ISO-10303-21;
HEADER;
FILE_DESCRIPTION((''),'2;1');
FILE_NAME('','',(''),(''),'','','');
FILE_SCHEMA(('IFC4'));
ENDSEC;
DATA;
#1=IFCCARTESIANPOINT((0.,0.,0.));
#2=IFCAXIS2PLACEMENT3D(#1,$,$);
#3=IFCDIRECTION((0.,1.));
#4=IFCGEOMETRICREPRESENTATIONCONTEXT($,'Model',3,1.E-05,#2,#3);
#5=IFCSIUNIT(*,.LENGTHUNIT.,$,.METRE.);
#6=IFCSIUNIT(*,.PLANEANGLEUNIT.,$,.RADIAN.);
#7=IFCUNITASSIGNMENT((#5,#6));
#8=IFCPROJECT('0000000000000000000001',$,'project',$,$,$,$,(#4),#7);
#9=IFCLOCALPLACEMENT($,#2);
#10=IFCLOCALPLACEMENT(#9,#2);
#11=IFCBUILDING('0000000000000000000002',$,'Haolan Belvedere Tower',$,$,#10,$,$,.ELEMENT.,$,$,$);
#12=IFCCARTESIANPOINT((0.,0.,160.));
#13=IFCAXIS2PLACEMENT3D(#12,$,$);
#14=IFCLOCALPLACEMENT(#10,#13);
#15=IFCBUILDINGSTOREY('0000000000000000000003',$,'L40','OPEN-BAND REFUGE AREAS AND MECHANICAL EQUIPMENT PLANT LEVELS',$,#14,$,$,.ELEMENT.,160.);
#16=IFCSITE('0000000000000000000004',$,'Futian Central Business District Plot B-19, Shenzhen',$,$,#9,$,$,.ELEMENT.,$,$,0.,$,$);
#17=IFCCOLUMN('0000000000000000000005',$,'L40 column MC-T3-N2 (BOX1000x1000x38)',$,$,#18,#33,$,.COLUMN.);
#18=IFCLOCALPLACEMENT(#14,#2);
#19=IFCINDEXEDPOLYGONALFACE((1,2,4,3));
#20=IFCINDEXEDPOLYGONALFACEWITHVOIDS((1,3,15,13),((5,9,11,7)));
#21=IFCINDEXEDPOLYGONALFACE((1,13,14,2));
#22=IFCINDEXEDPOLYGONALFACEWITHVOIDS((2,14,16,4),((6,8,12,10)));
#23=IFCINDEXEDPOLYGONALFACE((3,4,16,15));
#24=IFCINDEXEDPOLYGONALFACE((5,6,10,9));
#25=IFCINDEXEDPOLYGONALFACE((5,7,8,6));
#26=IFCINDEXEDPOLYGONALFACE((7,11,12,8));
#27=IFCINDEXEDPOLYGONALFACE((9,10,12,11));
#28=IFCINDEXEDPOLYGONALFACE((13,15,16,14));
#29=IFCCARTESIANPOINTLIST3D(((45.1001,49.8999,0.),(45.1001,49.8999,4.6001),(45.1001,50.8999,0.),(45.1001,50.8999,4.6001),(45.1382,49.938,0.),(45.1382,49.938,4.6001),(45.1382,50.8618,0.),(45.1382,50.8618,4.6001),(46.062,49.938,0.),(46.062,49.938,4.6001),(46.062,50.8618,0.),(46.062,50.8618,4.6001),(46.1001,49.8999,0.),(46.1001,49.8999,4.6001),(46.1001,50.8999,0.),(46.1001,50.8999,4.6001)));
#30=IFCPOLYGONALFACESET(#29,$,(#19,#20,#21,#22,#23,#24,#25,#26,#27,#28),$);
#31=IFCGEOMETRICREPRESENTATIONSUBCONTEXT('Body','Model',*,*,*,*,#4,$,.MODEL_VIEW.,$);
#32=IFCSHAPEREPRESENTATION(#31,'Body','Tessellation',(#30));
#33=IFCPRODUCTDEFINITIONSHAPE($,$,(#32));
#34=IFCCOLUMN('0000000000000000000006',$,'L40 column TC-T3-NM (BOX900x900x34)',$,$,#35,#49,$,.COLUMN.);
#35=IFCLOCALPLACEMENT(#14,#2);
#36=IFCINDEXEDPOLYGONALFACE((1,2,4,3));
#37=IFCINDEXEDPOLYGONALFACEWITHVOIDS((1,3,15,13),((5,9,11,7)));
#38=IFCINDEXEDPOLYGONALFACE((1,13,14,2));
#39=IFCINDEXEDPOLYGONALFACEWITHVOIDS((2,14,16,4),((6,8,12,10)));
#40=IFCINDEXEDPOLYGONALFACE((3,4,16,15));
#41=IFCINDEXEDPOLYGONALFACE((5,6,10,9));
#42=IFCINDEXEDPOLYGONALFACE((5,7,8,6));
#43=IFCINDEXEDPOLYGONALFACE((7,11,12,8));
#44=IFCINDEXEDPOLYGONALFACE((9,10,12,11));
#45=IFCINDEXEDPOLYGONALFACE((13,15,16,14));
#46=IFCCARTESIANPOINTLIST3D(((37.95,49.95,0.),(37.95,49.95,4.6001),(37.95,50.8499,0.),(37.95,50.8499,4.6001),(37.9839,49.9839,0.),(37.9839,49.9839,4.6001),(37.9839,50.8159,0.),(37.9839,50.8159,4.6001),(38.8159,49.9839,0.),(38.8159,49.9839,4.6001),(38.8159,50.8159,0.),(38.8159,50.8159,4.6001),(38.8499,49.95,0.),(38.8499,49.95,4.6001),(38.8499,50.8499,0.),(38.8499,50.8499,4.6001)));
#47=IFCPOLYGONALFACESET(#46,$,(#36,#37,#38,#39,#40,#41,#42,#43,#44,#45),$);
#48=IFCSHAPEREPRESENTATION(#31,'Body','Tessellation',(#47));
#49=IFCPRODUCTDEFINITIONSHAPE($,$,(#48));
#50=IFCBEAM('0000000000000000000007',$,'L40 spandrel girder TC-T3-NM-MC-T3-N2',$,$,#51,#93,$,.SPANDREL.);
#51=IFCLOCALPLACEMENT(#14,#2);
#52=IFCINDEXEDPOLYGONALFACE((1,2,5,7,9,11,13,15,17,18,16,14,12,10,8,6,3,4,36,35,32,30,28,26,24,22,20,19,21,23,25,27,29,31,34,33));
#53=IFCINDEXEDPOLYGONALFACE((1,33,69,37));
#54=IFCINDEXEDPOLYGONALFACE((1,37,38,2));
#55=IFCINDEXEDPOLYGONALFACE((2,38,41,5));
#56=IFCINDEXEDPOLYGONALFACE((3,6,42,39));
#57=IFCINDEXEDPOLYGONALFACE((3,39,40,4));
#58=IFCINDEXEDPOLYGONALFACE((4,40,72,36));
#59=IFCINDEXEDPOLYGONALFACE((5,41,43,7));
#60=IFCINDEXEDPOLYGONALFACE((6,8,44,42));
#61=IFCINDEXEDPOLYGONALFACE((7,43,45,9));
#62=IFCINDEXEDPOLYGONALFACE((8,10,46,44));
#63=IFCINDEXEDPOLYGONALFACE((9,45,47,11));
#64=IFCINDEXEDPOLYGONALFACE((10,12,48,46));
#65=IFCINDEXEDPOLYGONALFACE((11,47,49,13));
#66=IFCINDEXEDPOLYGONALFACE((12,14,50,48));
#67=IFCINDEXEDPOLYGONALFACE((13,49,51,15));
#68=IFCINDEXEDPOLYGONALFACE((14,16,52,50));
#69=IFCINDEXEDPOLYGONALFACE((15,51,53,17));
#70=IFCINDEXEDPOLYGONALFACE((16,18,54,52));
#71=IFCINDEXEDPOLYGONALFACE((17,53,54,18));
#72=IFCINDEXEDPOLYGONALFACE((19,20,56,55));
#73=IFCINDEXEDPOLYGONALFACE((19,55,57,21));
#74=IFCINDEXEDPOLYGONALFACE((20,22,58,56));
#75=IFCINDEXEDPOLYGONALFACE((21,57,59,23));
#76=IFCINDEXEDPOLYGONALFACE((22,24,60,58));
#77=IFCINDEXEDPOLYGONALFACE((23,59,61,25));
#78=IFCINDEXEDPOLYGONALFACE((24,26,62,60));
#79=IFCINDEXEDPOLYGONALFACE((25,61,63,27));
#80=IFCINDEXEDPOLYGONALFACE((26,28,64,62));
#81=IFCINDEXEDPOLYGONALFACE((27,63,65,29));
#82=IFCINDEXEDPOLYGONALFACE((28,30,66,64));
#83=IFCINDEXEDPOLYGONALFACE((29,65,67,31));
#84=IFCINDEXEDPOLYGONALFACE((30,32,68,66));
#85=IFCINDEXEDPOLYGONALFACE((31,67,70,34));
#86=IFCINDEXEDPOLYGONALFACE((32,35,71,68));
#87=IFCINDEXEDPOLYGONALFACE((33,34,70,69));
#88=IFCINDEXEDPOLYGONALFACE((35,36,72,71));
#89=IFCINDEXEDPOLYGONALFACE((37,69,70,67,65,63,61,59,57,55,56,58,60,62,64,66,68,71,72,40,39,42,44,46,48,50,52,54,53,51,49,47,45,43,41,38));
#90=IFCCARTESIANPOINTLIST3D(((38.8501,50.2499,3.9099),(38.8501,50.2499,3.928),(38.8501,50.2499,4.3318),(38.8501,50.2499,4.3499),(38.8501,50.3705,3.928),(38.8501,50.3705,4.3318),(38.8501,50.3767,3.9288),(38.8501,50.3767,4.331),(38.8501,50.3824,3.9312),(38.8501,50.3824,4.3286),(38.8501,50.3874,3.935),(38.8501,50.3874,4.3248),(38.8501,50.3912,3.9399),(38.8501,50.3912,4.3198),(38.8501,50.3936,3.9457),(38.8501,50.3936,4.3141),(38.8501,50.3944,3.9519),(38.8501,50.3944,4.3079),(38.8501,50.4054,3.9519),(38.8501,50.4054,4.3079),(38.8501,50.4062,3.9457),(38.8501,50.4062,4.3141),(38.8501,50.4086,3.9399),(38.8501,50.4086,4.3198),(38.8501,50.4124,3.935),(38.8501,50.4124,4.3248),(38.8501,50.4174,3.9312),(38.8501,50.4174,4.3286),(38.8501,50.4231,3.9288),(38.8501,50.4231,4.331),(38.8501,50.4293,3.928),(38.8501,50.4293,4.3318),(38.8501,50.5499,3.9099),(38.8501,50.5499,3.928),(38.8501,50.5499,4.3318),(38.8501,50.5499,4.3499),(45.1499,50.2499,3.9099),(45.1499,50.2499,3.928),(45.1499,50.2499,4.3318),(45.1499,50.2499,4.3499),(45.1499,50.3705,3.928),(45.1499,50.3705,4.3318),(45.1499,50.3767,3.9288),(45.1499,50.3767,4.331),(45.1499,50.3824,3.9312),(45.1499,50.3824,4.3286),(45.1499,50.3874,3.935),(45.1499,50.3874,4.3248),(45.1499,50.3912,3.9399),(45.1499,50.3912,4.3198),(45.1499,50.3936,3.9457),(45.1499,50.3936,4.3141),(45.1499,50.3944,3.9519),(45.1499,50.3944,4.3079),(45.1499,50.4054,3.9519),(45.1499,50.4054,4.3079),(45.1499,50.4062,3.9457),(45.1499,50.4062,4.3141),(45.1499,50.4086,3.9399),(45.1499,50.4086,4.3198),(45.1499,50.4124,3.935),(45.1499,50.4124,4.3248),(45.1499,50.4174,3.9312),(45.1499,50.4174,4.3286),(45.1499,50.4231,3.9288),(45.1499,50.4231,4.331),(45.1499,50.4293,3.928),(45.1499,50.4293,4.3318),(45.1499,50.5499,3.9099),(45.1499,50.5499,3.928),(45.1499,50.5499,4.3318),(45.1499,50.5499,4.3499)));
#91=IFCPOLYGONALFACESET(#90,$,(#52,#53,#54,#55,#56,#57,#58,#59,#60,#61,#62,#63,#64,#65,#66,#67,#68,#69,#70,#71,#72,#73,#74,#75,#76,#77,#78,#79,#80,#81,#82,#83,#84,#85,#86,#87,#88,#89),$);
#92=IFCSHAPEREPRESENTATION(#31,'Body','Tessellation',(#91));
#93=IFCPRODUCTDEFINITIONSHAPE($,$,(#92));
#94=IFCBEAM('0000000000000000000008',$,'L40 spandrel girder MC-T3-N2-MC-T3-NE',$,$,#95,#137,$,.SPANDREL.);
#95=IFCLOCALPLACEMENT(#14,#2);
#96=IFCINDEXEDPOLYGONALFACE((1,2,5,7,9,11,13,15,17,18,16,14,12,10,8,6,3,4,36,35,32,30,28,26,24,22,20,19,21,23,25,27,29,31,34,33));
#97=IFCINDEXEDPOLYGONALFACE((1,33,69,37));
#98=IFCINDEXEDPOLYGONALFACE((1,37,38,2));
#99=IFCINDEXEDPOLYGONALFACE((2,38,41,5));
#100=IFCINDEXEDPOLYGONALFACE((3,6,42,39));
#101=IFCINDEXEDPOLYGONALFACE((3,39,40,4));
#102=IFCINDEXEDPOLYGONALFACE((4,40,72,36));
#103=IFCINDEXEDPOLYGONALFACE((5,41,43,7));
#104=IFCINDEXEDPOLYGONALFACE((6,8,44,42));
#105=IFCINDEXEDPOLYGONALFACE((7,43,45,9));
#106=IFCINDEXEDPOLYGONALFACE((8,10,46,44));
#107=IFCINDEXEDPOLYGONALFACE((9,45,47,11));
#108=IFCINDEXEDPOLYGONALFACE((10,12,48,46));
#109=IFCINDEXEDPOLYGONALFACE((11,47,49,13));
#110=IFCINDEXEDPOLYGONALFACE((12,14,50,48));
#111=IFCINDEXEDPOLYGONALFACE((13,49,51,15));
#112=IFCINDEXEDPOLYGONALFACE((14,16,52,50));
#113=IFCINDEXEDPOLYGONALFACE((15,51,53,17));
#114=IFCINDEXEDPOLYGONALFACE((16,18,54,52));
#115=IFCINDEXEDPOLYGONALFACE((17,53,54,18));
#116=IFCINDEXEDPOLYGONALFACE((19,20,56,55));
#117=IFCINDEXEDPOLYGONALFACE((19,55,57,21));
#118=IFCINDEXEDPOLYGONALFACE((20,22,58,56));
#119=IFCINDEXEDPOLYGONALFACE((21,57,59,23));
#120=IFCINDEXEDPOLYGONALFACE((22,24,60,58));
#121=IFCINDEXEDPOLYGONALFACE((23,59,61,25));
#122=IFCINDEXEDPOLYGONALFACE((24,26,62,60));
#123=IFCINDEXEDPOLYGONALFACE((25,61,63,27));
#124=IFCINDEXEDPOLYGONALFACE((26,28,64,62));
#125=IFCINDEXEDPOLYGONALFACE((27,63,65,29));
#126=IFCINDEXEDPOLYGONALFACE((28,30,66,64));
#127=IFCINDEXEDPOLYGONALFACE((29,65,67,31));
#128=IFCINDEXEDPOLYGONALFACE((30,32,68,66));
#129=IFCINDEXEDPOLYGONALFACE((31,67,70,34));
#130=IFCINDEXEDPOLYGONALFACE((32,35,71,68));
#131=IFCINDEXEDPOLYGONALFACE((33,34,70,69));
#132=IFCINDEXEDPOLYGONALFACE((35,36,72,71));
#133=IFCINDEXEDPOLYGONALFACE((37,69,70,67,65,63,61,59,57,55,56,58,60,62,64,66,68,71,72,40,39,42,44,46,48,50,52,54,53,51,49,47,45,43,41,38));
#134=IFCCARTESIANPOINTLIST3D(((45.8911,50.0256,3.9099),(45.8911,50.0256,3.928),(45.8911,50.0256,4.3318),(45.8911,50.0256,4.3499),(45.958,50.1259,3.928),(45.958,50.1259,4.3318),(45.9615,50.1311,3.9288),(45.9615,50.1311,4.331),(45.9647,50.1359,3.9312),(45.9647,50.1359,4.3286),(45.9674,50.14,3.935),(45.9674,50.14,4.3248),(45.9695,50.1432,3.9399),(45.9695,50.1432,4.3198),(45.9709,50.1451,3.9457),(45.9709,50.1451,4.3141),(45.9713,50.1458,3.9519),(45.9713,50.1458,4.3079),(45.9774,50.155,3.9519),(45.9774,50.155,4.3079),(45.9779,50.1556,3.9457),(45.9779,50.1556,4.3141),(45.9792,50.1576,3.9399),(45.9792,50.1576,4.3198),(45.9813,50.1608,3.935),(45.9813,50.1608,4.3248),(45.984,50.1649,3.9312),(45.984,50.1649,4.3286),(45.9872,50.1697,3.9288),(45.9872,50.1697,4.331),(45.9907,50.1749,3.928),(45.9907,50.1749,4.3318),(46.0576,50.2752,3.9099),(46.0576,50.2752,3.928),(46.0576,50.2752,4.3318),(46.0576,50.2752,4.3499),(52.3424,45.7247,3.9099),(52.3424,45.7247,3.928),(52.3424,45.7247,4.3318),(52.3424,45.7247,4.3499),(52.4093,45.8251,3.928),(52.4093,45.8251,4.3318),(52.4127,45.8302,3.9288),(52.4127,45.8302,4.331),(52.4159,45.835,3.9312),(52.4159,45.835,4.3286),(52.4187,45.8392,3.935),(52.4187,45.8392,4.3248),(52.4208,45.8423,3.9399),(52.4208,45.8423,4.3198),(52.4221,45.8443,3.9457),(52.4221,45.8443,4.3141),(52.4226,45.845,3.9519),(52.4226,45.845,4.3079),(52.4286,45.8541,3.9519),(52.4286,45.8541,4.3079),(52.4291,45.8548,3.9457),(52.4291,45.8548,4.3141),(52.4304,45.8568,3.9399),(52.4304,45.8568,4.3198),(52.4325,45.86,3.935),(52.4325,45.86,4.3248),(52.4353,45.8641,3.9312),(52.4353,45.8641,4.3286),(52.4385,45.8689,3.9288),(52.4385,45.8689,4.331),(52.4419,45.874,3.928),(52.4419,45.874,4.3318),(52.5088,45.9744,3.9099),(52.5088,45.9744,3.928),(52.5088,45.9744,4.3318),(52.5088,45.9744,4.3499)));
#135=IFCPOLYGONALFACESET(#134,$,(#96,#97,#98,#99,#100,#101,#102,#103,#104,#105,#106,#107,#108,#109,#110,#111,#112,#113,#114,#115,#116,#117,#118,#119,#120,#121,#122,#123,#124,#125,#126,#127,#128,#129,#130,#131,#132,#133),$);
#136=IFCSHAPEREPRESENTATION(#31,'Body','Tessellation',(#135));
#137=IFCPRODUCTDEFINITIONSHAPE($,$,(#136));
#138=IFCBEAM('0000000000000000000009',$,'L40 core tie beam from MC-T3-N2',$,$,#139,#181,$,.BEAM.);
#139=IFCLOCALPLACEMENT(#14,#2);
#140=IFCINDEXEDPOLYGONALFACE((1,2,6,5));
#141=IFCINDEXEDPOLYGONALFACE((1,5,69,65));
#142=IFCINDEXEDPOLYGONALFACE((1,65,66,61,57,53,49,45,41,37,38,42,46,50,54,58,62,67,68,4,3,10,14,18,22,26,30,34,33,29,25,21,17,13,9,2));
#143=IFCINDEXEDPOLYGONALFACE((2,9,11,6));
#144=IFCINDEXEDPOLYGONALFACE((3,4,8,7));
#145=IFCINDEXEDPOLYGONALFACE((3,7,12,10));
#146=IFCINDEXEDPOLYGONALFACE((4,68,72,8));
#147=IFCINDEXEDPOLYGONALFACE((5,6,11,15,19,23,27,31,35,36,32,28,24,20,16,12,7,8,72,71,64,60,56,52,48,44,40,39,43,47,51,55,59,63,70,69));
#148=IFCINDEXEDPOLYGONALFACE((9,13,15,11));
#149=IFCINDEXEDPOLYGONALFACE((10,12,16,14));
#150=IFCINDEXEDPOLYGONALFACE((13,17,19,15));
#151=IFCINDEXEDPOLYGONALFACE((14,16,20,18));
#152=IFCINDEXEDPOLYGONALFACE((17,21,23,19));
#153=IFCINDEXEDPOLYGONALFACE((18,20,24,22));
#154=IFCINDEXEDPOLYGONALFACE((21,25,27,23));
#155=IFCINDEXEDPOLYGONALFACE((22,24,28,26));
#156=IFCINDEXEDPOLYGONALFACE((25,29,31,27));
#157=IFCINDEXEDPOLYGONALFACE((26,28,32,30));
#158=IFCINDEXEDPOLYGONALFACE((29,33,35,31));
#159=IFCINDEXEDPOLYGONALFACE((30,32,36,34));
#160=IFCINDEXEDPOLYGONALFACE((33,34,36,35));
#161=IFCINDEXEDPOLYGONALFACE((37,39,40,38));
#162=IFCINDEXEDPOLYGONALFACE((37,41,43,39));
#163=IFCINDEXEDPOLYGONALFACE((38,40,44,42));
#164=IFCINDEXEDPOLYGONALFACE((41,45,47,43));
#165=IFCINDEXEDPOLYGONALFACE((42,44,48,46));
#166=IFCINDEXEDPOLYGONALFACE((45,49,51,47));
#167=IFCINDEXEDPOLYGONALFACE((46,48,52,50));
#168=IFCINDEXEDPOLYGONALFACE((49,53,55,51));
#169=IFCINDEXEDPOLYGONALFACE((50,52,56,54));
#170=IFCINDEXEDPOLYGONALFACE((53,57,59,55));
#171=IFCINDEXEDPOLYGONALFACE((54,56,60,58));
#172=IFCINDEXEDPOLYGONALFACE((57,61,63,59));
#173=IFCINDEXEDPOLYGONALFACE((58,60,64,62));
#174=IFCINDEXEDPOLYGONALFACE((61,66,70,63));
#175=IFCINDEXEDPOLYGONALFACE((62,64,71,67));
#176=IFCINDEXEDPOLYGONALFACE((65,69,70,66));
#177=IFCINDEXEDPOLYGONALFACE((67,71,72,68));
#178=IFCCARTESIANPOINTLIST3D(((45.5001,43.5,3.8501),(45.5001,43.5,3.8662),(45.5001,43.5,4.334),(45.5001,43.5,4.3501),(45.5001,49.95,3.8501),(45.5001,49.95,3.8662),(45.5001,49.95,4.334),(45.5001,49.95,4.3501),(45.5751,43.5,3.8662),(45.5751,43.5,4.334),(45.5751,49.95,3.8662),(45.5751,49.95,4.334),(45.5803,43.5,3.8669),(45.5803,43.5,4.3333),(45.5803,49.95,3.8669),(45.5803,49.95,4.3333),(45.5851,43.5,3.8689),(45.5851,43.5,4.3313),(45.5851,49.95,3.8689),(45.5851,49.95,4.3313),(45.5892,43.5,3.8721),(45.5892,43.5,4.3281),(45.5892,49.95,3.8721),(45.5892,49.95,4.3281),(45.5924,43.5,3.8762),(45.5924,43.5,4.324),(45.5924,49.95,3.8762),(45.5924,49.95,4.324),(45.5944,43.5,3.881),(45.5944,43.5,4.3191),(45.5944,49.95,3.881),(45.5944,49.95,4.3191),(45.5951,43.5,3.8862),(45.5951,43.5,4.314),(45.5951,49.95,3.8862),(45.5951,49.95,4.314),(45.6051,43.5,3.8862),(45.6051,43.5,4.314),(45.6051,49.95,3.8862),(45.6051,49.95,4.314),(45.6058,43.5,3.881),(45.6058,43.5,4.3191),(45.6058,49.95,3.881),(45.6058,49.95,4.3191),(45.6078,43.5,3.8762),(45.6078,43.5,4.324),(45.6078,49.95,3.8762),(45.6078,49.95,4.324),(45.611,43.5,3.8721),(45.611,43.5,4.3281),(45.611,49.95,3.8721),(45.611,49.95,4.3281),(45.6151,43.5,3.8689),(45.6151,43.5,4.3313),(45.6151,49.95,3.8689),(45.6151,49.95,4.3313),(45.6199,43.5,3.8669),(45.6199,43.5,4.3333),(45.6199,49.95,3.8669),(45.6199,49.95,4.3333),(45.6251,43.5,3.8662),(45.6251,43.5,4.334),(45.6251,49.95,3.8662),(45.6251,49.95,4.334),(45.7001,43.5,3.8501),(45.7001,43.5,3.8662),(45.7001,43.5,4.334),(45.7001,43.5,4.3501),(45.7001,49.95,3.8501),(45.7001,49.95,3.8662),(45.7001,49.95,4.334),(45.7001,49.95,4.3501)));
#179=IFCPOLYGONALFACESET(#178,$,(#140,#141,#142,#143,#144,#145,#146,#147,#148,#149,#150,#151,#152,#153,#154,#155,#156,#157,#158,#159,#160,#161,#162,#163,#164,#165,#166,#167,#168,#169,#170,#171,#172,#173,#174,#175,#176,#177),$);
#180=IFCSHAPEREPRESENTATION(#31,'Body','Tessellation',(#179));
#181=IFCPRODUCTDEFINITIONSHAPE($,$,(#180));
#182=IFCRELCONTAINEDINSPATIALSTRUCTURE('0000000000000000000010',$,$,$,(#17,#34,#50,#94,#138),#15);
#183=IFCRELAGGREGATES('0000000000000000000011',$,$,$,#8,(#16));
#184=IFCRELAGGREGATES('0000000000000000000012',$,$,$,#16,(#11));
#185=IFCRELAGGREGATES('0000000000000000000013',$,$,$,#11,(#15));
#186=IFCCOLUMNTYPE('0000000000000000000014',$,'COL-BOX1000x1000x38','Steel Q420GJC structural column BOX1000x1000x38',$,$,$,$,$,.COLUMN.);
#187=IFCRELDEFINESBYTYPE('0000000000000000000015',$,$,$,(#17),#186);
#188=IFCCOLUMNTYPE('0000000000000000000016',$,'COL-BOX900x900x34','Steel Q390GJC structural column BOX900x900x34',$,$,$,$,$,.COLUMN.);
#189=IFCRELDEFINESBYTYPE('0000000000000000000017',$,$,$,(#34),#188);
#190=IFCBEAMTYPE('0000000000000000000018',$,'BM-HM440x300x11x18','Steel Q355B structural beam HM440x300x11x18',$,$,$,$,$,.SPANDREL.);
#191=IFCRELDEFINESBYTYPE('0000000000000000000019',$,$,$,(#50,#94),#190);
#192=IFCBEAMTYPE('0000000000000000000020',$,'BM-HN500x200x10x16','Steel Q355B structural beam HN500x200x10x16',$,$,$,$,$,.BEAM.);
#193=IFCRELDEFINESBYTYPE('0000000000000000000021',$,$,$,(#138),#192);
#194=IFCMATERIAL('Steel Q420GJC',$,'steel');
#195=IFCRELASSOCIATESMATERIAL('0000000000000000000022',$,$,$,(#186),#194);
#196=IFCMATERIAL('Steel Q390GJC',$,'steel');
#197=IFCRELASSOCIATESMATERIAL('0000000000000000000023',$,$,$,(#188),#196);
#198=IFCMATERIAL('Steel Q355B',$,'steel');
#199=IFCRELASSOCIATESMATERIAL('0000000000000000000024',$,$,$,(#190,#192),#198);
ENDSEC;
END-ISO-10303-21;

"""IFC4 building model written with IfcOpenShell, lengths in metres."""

from ifc_helpers import new_model, si_unit, direction, frame, origin, origin_2d, place, context, subcontext, project, spatial, hollow_rectangle, i_section, extrude, material, material_profile, profile_set, type_object, element, save


model = new_model("IFC4")

# Units and contexts
model_context = context("Model", 3, precision=1e-05, world=origin(), true_north=direction((0.0, 1.0)))
body_context = subcontext(model_context, "Body", "Model", "MODEL_VIEW")
ifc_project = project(units=[si_unit("LENGTHUNIT", "METRE"), si_unit("PLANEANGLEUNIT", "RADIAN")], contexts=[model_context])

# Site, building, storey
site_placement = place(None, origin())
site = spatial("IfcSite", under=ifc_project, at=site_placement, Name="Futian Central Business District Plot B-19, Shenzhen", CompositionType="ELEMENT", RefElevation=0.0)
building_placement = place(site_placement, origin())
building = spatial("IfcBuilding", under=site, at=building_placement, Name="Haolan Belvedere Tower", CompositionType="ELEMENT")
storey_placement = place(building_placement, frame((0.0, 0.0, 160.0)))
storey = spatial("IfcBuildingStorey", under=building, at=storey_placement, Name="L40", Description="OPEN-BAND REFUGE AREAS AND MECHANICAL EQUIPMENT PLANT LEVELS", CompositionType="ELEMENT", Elevation=160.0)

# Columns
ifc_material_1 = material(Name="Steel Q420GJC", Category="steel")
ifc_material_profile_1 = material_profile(ifc_material_1, hollow_rectangle(XDim=1.0, YDim=1.0, WallThickness=0.0381, at=origin_2d()), Name="Steel Q420GJC")
ifc_profile_set_1 = profile_set([ifc_material_profile_1], Name="Steel Q420GJC")
column_type_1 = type_object("IfcColumnType", Name="COL-BOX1000x1000x38", Description="Steel Q420GJC structural column BOX1000x1000x38", PredefinedType="COLUMN", material=ifc_profile_set_1)
column_1_placement = place(storey_placement, frame((45.6001, 50.3999, 0.0), z_axis=(0.0, 0.0, 1.0), x_axis=(1.0, 0.0, 0.0)))
element("IfcColumn", 1, at=column_1_placement, inside=storey, type_object=column_type_1, Name="L40 column MC-T3-N2 (BOX1000x1000x38)", PredefinedType="COLUMN", context=body_context, shape_type="SweptSolid", body=[
    extrude(hollow_rectangle(XDim=1.0, YDim=1.0, WallThickness=0.0381, at=origin_2d()), origin(), (0.0, 0.0, 1.0), 4.6001),
])
ifc_material_2 = material(Name="Steel Q390GJC", Category="steel")
ifc_material_profile_2 = material_profile(ifc_material_2, hollow_rectangle(XDim=0.8999, YDim=0.8999, WallThickness=0.0339, at=origin_2d()), Name="Steel Q390GJC")
ifc_profile_set_2 = profile_set([ifc_material_profile_2], Name="Steel Q390GJC")
column_type_2 = type_object("IfcColumnType", Name="COL-BOX900x900x34", Description="Steel Q390GJC structural column BOX900x900x34", PredefinedType="COLUMN", material=ifc_profile_set_2)
column_2_placement = place(storey_placement, frame((38.3999, 50.3999, 0.0), z_axis=(0.0, 0.0, 1.0), x_axis=(1.0, 0.0, 0.0)))
element("IfcColumn", 2, at=column_2_placement, inside=storey, type_object=column_type_2, Name="L40 column TC-T3-NM (BOX900x900x34)", PredefinedType="COLUMN", context=body_context, shape_type="SweptSolid", body=[
    extrude(hollow_rectangle(XDim=0.8999, YDim=0.8999, WallThickness=0.0339, at=origin_2d()), origin(), (0.0, 0.0, 1.0), 4.6001),
])

# Beams
ifc_material_3 = material(Name="Steel Q355B", Category="steel")
ifc_material_profile_3 = material_profile(ifc_material_3, i_section(OverallWidth=0.3, OverallDepth=0.4399, WebThickness=0.011, FlangeThickness=0.0181, FilletRadius=0.0239, at=origin_2d()), Name="Steel Q355B")
ifc_profile_set_3 = profile_set([ifc_material_profile_3], Name="Steel Q355B")
beam_type_1 = type_object("IfcBeamType", Name="BM-HM440x300x11x18", Description="Steel Q355B structural beam HM440x300x11x18", PredefinedType="SPANDREL", material=ifc_profile_set_3)
beam_1_placement = place(storey_placement, frame((38.8501, 50.3999, 4.1299), z_axis=(1.0, 0.0, 0.0), x_axis=(0.0, 1.0, 0.0)))
element("IfcBeam", 3, at=beam_1_placement, inside=storey, type_object=beam_type_1, Name="L40 spandrel girder TC-T3-NM-MC-T3-N2", PredefinedType="SPANDREL", context=body_context, shape_type="SweptSolid", body=[
    extrude(i_section(OverallWidth=0.3, OverallDepth=0.4399, WebThickness=0.011, FlangeThickness=0.0181, FilletRadius=0.0239, at=origin_2d()), origin(), (0.0, 0.0, 1.0), 6.2998),
])
beam_2_placement = place(storey_placement, frame((45.9744, 50.1504, 4.1299), z_axis=(0.83205, -0.5547, 0.0), x_axis=(0.5547, 0.83205, 0.0)))
element("IfcBeam", 4, at=beam_2_placement, inside=storey, type_object=beam_type_1, Name="L40 spandrel girder MC-T3-N2-MC-T3-NE", PredefinedType="SPANDREL", context=body_context, shape_type="SweptSolid", body=[
    extrude(i_section(OverallWidth=0.3, OverallDepth=0.4399, WebThickness=0.011, FlangeThickness=0.0181, FilletRadius=0.0239, at=origin_2d()), origin(), (0.0, 0.0, 1.0), 7.7534),
])
ifc_material_profile_4 = material_profile(ifc_material_3, i_section(OverallWidth=0.2, OverallDepth=0.5, WebThickness=0.01, FlangeThickness=0.0161, FilletRadius=0.02, at=origin_2d()), Name="Steel Q355B")
ifc_profile_set_4 = profile_set([ifc_material_profile_4], Name="Steel Q355B")
beam_type_2 = type_object("IfcBeamType", Name="BM-HN500x200x10x16", Description="Steel Q355B structural beam HN500x200x10x16", PredefinedType="BEAM", material=ifc_profile_set_4)
beam_3_placement = place(storey_placement, frame((45.6001, 49.95, 4.1001), z_axis=(0.0, -1.0, 0.0), x_axis=(1.0, 0.0, 0.0)))
element("IfcBeam", 5, at=beam_3_placement, inside=storey, type_object=beam_type_2, Name="L40 core tie beam from MC-T3-N2", PredefinedType="BEAM", context=body_context, shape_type="SweptSolid", body=[
    extrude(i_section(OverallWidth=0.2, OverallDepth=0.5, WebThickness=0.01, FlangeThickness=0.0161, FilletRadius=0.02, at=origin_2d()), origin(), (0.0, 0.0, 1.0), 6.45),
])

save(model, "model.ifc")
